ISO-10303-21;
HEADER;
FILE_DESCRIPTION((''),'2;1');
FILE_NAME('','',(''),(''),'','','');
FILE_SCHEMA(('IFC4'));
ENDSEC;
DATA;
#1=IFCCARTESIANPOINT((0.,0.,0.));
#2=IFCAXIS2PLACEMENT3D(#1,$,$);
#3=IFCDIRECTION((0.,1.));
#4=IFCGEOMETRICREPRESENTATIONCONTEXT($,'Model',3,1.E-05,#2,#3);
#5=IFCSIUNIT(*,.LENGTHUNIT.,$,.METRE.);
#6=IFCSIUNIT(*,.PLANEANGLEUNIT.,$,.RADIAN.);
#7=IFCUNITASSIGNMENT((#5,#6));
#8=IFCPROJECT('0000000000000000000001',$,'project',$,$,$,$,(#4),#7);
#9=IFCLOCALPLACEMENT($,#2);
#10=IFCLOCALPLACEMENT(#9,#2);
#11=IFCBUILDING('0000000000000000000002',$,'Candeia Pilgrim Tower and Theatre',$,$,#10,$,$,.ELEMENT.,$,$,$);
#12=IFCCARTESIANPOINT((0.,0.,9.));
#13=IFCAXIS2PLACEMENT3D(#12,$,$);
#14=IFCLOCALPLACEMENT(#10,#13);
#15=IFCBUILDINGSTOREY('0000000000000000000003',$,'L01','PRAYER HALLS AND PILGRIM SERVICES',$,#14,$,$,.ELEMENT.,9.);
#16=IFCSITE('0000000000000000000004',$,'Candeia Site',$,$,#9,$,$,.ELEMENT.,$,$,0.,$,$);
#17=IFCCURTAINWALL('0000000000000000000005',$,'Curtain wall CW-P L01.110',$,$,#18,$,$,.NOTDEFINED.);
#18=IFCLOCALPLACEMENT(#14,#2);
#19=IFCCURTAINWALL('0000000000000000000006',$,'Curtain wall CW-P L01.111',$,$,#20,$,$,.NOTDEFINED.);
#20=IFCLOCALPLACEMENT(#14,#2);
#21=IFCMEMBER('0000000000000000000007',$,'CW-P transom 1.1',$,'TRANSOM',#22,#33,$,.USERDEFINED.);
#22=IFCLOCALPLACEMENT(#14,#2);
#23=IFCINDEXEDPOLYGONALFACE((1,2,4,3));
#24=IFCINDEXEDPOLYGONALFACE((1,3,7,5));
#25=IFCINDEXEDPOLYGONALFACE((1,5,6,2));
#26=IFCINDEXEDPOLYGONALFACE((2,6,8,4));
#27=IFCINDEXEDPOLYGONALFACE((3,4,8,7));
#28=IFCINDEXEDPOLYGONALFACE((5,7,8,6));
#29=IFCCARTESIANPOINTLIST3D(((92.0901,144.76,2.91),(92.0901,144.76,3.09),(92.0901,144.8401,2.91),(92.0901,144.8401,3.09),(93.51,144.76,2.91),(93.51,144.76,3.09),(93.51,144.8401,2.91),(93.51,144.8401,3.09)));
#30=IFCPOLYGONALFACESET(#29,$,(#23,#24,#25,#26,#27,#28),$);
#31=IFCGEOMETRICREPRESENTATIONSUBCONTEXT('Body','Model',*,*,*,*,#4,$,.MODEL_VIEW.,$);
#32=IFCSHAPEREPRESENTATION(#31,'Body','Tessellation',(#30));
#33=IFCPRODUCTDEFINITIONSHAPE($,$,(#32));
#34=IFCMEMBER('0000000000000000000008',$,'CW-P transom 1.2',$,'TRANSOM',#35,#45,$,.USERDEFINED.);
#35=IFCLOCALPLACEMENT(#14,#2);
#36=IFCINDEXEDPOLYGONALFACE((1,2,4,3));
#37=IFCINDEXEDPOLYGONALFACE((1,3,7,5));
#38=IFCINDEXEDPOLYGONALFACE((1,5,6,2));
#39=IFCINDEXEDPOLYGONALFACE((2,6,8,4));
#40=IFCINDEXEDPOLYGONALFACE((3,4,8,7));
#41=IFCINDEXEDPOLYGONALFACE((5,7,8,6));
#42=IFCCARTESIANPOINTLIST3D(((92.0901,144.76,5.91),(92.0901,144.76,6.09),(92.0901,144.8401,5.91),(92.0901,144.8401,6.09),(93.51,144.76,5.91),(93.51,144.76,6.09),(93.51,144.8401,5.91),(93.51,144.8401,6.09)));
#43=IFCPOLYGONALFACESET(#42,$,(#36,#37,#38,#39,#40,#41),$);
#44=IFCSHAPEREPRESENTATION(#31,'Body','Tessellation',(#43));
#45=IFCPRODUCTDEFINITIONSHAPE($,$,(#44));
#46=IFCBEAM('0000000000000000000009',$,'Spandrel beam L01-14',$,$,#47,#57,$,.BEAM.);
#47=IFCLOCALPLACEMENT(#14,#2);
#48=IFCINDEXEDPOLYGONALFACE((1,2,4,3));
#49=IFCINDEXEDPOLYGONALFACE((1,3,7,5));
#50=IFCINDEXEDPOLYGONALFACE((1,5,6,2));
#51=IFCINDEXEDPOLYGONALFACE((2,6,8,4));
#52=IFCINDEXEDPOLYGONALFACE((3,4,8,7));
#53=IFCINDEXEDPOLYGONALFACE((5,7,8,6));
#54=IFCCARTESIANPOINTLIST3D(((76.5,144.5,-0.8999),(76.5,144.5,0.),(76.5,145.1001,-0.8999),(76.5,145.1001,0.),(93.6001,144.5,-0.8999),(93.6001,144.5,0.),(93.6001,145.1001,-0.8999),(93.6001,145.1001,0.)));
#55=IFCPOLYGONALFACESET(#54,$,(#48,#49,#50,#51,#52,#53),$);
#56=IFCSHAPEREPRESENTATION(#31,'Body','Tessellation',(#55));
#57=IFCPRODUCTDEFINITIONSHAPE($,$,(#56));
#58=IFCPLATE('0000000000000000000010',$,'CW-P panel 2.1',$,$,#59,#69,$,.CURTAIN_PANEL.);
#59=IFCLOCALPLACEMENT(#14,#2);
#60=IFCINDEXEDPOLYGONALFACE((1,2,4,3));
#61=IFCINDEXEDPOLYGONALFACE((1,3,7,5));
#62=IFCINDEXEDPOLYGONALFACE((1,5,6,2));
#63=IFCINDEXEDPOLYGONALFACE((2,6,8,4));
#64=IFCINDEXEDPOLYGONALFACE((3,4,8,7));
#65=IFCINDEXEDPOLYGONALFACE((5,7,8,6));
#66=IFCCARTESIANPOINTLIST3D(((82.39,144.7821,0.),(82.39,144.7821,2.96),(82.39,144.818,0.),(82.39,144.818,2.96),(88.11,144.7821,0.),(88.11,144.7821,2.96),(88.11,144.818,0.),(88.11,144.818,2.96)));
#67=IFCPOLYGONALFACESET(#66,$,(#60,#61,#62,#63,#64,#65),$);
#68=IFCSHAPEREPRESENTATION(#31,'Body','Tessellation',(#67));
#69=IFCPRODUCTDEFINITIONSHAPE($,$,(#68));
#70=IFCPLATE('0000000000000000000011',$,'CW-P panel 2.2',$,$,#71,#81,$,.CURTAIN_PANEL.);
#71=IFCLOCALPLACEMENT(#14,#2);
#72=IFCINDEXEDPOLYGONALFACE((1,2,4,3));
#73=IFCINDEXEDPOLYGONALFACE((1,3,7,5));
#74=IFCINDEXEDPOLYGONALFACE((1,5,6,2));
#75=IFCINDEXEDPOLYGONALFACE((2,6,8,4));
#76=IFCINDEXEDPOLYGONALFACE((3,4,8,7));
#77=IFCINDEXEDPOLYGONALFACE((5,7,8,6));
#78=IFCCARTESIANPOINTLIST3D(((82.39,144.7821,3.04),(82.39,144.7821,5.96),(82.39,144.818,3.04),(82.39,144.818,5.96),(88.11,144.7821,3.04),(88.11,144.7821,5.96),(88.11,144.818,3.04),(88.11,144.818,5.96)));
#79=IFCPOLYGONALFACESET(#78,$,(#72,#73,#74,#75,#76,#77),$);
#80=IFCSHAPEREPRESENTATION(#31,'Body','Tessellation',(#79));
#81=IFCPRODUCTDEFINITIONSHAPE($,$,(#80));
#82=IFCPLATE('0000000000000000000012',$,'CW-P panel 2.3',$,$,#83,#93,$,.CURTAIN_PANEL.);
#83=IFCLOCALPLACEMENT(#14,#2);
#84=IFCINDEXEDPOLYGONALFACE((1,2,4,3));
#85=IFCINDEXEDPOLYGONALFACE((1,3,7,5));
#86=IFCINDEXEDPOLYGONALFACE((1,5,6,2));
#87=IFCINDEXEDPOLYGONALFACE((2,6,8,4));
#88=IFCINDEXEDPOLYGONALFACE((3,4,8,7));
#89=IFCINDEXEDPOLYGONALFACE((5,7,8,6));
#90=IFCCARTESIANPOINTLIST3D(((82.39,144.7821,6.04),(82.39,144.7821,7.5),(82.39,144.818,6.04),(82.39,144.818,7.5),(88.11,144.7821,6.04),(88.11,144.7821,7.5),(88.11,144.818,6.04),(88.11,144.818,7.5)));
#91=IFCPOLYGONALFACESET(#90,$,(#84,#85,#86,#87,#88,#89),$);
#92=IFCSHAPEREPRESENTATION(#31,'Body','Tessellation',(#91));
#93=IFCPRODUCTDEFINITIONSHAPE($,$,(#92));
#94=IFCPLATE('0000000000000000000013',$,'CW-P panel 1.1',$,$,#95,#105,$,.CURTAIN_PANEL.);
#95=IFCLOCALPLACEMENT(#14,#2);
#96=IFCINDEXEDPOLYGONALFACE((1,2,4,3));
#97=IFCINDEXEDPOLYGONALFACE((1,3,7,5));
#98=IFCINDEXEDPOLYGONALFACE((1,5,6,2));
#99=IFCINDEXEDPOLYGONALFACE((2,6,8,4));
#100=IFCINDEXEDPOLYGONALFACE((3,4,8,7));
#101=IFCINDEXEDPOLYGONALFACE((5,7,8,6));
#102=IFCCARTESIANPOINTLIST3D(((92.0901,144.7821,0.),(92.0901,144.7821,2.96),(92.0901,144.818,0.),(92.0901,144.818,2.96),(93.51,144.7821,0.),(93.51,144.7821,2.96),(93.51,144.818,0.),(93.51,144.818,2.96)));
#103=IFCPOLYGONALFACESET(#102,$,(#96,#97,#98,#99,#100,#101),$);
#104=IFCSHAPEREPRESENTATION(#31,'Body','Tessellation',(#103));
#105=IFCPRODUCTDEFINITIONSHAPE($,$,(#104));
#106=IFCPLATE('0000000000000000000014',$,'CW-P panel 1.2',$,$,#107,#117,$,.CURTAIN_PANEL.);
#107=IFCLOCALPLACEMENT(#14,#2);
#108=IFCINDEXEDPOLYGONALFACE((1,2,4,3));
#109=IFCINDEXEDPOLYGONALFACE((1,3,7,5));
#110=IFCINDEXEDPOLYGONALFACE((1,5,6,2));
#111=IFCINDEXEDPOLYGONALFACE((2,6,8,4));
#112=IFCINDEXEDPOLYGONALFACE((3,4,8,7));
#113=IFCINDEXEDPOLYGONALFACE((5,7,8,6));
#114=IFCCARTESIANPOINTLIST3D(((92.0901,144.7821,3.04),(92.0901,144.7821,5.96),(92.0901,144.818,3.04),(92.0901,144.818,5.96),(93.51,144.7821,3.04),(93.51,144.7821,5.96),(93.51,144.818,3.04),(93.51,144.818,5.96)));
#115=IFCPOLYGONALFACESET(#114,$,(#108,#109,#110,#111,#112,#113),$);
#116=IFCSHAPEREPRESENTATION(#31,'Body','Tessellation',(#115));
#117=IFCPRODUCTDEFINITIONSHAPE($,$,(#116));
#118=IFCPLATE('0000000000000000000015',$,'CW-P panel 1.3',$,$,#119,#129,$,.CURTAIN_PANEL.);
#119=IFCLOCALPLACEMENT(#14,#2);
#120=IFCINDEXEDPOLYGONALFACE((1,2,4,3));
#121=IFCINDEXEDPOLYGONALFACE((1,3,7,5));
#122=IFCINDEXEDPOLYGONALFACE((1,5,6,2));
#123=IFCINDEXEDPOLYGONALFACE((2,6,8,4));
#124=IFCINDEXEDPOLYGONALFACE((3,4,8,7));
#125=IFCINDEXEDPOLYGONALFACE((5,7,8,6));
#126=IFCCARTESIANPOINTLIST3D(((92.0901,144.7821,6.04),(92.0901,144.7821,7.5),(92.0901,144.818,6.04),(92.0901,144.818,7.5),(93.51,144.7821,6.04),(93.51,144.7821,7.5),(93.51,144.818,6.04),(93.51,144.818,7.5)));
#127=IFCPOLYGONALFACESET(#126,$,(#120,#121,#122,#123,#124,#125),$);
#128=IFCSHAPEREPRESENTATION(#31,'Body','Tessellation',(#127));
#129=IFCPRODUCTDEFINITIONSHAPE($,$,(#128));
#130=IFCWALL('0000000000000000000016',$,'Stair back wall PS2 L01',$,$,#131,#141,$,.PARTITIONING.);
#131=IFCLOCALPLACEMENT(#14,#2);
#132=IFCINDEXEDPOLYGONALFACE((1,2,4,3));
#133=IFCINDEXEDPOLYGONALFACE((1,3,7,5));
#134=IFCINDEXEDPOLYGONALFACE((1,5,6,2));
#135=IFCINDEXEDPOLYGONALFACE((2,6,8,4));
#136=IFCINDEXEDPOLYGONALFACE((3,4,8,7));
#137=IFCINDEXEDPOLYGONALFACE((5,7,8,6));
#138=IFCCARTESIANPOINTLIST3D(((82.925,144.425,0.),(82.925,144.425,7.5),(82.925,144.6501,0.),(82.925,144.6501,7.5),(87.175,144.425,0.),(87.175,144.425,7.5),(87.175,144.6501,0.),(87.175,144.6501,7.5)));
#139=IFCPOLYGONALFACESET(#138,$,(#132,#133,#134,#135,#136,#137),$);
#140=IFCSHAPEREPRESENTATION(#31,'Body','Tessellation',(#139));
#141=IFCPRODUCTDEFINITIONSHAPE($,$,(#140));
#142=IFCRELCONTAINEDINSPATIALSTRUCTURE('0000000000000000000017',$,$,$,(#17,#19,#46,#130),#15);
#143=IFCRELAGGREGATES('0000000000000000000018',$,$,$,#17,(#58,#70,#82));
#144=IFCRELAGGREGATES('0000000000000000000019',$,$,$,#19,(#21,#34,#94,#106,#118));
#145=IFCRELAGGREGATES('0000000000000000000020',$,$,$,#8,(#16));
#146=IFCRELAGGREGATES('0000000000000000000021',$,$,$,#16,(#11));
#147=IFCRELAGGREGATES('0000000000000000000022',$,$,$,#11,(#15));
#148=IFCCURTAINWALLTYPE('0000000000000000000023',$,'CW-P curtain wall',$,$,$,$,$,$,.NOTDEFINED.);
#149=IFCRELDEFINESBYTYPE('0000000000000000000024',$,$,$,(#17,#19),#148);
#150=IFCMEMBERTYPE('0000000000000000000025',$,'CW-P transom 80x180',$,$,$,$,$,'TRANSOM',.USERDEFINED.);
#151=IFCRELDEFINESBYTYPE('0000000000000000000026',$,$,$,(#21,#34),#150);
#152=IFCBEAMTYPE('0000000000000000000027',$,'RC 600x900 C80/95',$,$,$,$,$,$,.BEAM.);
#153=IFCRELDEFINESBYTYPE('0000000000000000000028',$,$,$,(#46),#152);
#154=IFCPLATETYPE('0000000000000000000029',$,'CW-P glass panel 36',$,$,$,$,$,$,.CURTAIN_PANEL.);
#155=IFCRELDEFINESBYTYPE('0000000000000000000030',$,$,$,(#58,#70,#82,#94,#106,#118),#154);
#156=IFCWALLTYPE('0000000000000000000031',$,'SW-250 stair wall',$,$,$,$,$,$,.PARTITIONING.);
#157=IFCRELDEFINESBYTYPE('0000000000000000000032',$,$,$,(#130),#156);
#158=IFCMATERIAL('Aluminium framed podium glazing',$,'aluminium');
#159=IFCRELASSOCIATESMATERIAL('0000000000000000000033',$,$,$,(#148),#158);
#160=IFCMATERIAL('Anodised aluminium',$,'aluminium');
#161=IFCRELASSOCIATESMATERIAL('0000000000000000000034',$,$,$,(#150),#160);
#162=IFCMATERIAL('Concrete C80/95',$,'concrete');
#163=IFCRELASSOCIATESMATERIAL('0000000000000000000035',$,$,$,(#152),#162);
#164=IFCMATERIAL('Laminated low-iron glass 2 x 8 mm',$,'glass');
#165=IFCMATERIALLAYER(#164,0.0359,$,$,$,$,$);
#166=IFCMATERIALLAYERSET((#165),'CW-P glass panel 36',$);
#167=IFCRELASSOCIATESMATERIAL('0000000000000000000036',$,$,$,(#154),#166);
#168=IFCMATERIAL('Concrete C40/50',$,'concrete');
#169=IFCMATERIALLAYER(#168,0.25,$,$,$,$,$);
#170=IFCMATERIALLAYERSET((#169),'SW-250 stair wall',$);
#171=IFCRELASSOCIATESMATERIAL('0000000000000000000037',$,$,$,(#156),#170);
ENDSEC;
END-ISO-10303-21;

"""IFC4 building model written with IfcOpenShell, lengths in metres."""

from ifc_helpers import new_model, si_unit, direction, frame, frame_2d, origin, origin_2d, place, context, subcontext, project, spatial, rectangle, extrude, material, layer, layer_set, material_profile, profile_set, type_object, element, aggregate, save


model = new_model("IFC4")

# Units and contexts
model_context = context("Model", 3, precision=1e-05, world=origin(), true_north=direction((0.0, 1.0)))
body_context = subcontext(model_context, "Body", "Model", "MODEL_VIEW")
ifc_project = project(units=[si_unit("LENGTHUNIT", "METRE"), si_unit("PLANEANGLEUNIT", "RADIAN")], contexts=[model_context])

# Site, building, storey
site_placement = place(None, origin())
site = spatial("IfcSite", under=ifc_project, at=site_placement, Name="Candeia Site", CompositionType="ELEMENT", RefElevation=0.0)
building_placement = place(site_placement, origin())
building = spatial("IfcBuilding", under=site, at=building_placement, Name="Candeia Pilgrim Tower and Theatre", CompositionType="ELEMENT")
storey_placement = place(building_placement, frame((0.0, 0.0, 9.0)))
storey = spatial("IfcBuildingStorey", under=building, at=storey_placement, Name="L01", Description="PRAYER HALLS AND PILGRIM SERVICES", CompositionType="ELEMENT", Elevation=9.0)

# Shared definitions
ifc_material_1 = material(Name="Concrete C40/50", Category="concrete")
ifc_material_2 = material(Name="Concrete C80/95", Category="concrete")

# Curtain walls
ifc_material_3 = material(Name="Aluminium framed podium glazing", Category="aluminium")
curtain_wall_type = type_object("IfcCurtainWallType", Name="CW-P curtain wall", PredefinedType="NOTDEFINED", material=ifc_material_3)
curtain_wall_1_placement = place(storey_placement, origin())
curtain_wall_1 = element("IfcCurtainWall", 1, at=curtain_wall_1_placement, inside=storey, type_object=curtain_wall_type, Name="Curtain wall CW-P L01.110", PredefinedType="NOTDEFINED")
ifc_material_4 = material(Name="Anodised aluminium", Category="aluminium")
curtain_wall_2_placement = place(storey_placement, origin())
curtain_wall_2 = element("IfcCurtainWall", 2, at=curtain_wall_2_placement, inside=storey, type_object=curtain_wall_type, Name="Curtain wall CW-P L01.111", PredefinedType="NOTDEFINED")

# Members
ifc_material_profile_1 = material_profile(ifc_material_4, rectangle(XDim=0.0801, YDim=0.1799, at=origin_2d()))
ifc_profile_set_1 = profile_set([ifc_material_profile_1], Name="Anodised aluminium")
member_type_1 = type_object("IfcMemberType", Name="CW-P transom 80x180", ElementType="TRANSOM", PredefinedType="USERDEFINED", material=ifc_profile_set_1)
member_1_placement = place(storey_placement, frame((92.0901, 144.8, 3.0), z_axis=(1.0, 0.0, 0.0), x_axis=(0.0, 1.0, 0.0)))
member_1 = element("IfcMember", 3, at=member_1_placement, type_object=member_type_1, Name="CW-P transom 1.1", ObjectType="TRANSOM", PredefinedType="USERDEFINED", context=body_context, shape_type="SweptSolid", body=[
    extrude(rectangle(XDim=0.0801, YDim=0.1799, at=origin_2d()), origin(), (0.0, 0.0, 1.0), 1.4199),
])
member_2_placement = place(storey_placement, frame((92.0901, 144.8, 6.0), z_axis=(1.0, 0.0, 0.0), x_axis=(0.0, 1.0, 0.0)))
member_2 = element("IfcMember", 4, at=member_2_placement, type_object=member_type_1, Name="CW-P transom 1.2", ObjectType="TRANSOM", PredefinedType="USERDEFINED", context=body_context, shape_type="SweptSolid", body=[
    extrude(rectangle(XDim=0.0801, YDim=0.1799, at=origin_2d()), origin(), (0.0, 0.0, 1.0), 1.4199),
])

# Beam
ifc_material_profile_2 = material_profile(ifc_material_2, rectangle(XDim=0.6001, YDim=0.8999, at=origin_2d()))
ifc_profile_set_2 = profile_set([ifc_material_profile_2], Name="Concrete C80/95")
beam_type = type_object("IfcBeamType", Name="RC 600x900 C80/95", PredefinedType="BEAM", material=ifc_profile_set_2)
beam_placement = place(storey_placement, frame((93.6001, 144.8, -0.45), z_axis=(-1.0, 0.0, 0.0), x_axis=(0.0, -1.0, 0.0)))
element("IfcBeam", 5, at=beam_placement, inside=storey, type_object=beam_type, Name="Spandrel beam L01-14", PredefinedType="BEAM", context=body_context, shape_type="SweptSolid", body=[
    extrude(rectangle(XDim=0.6001, YDim=0.8999, at=origin_2d()), origin(), (0.0, 0.0, 1.0), 17.1001),
])

# Plates
ifc_material_5 = material(Name="Laminated low-iron glass 2 x 8 mm", Category="glass")
ifc_layer_1 = layer(ifc_material_5, 0.0359)
ifc_layer_set_1 = layer_set([ifc_layer_1], Name="CW-P glass panel 36")
plate_type = type_object("IfcPlateType", Name="CW-P glass panel 36", PredefinedType="CURTAIN_PANEL", material=ifc_layer_set_1)
plate_1_placement = place(storey_placement, frame((85.25, 144.8, 0.0), z_axis=(0.0, 0.0, 1.0), x_axis=(1.0, 0.0, 0.0)))
plate_1 = element("IfcPlate", 6, at=plate_1_placement, type_object=plate_type, Name="CW-P panel 2.1", PredefinedType="CURTAIN_PANEL", context=body_context, shape_type="SweptSolid", body=[
    extrude(rectangle(XDim=5.72, YDim=0.0359, at=origin_2d()), origin(), (0.0, 0.0, 1.0), 2.96),
])
plate_2_placement = place(storey_placement, frame((85.25, 144.8, 3.04), z_axis=(0.0, 0.0, 1.0), x_axis=(1.0, 0.0, 0.0)))
plate_2 = element("IfcPlate", 7, at=plate_2_placement, type_object=plate_type, Name="CW-P panel 2.2", PredefinedType="CURTAIN_PANEL", context=body_context, shape_type="SweptSolid", body=[
    extrude(rectangle(XDim=5.72, YDim=0.0359, at=origin_2d()), origin(), (0.0, 0.0, 1.0), 2.9199),
])
plate_3_placement = place(storey_placement, frame((85.25, 144.8, 6.04), z_axis=(0.0, 0.0, 1.0), x_axis=(1.0, 0.0, 0.0)))
plate_3 = element("IfcPlate", 8, at=plate_3_placement, type_object=plate_type, Name="CW-P panel 2.3", PredefinedType="CURTAIN_PANEL", context=body_context, shape_type="SweptSolid", body=[
    extrude(rectangle(XDim=5.72, YDim=0.0359, at=origin_2d()), origin(), (0.0, 0.0, 1.0), 1.46),
])
aggregate(curtain_wall_1, [plate_1, plate_2, plate_3])
plate_4_placement = place(storey_placement, frame((92.8, 144.8, 0.0), z_axis=(0.0, 0.0, 1.0), x_axis=(1.0, 0.0, 0.0)))
plate_4 = element("IfcPlate", 9, at=plate_4_placement, type_object=plate_type, Name="CW-P panel 1.1", PredefinedType="CURTAIN_PANEL", context=body_context, shape_type="SweptSolid", body=[
    extrude(rectangle(XDim=1.4199, YDim=0.0359, at=origin_2d()), origin(), (0.0, 0.0, 1.0), 2.96),
])
plate_5_placement = place(storey_placement, frame((92.8, 144.8, 3.04), z_axis=(0.0, 0.0, 1.0), x_axis=(1.0, 0.0, 0.0)))
plate_5 = element("IfcPlate", 10, at=plate_5_placement, type_object=plate_type, Name="CW-P panel 1.2", PredefinedType="CURTAIN_PANEL", context=body_context, shape_type="SweptSolid", body=[
    extrude(rectangle(XDim=1.4199, YDim=0.0359, at=origin_2d()), origin(), (0.0, 0.0, 1.0), 2.9199),
])
plate_6_placement = place(storey_placement, frame((92.8, 144.8, 6.04), z_axis=(0.0, 0.0, 1.0), x_axis=(1.0, 0.0, 0.0)))
plate_6 = element("IfcPlate", 11, at=plate_6_placement, type_object=plate_type, Name="CW-P panel 1.3", PredefinedType="CURTAIN_PANEL", context=body_context, shape_type="SweptSolid", body=[
    extrude(rectangle(XDim=1.4199, YDim=0.0359, at=origin_2d()), origin(), (0.0, 0.0, 1.0), 1.46),
])
aggregate(curtain_wall_2, [member_1, member_2, plate_4, plate_5, plate_6])

# Wall
ifc_layer_2 = layer(ifc_material_1, 0.25)
ifc_layer_set_2 = layer_set([ifc_layer_2], Name="SW-250 stair wall")
wall_type_1 = type_object("IfcWallType", Name="SW-250 stair wall", PredefinedType="PARTITIONING", material=ifc_layer_set_2)
wall_1_placement = place(storey_placement, frame((82.925, 144.5376, 0.0), z_axis=(0.0, 0.0, 1.0), x_axis=(1.0, 0.0, 0.0)))
element("IfcWall", 12, at=wall_1_placement, inside=storey, type_object=wall_type_1, Name="Stair back wall PS2 L01", PredefinedType="PARTITIONING", context=body_context, shape_type="SweptSolid", body=[
    extrude(rectangle(XDim=4.25, YDim=0.2251, at=frame_2d((2.125, 0.0))), origin(), (0.0, 0.0, 1.0), 7.5),
])

save(model, "model.ifc")
